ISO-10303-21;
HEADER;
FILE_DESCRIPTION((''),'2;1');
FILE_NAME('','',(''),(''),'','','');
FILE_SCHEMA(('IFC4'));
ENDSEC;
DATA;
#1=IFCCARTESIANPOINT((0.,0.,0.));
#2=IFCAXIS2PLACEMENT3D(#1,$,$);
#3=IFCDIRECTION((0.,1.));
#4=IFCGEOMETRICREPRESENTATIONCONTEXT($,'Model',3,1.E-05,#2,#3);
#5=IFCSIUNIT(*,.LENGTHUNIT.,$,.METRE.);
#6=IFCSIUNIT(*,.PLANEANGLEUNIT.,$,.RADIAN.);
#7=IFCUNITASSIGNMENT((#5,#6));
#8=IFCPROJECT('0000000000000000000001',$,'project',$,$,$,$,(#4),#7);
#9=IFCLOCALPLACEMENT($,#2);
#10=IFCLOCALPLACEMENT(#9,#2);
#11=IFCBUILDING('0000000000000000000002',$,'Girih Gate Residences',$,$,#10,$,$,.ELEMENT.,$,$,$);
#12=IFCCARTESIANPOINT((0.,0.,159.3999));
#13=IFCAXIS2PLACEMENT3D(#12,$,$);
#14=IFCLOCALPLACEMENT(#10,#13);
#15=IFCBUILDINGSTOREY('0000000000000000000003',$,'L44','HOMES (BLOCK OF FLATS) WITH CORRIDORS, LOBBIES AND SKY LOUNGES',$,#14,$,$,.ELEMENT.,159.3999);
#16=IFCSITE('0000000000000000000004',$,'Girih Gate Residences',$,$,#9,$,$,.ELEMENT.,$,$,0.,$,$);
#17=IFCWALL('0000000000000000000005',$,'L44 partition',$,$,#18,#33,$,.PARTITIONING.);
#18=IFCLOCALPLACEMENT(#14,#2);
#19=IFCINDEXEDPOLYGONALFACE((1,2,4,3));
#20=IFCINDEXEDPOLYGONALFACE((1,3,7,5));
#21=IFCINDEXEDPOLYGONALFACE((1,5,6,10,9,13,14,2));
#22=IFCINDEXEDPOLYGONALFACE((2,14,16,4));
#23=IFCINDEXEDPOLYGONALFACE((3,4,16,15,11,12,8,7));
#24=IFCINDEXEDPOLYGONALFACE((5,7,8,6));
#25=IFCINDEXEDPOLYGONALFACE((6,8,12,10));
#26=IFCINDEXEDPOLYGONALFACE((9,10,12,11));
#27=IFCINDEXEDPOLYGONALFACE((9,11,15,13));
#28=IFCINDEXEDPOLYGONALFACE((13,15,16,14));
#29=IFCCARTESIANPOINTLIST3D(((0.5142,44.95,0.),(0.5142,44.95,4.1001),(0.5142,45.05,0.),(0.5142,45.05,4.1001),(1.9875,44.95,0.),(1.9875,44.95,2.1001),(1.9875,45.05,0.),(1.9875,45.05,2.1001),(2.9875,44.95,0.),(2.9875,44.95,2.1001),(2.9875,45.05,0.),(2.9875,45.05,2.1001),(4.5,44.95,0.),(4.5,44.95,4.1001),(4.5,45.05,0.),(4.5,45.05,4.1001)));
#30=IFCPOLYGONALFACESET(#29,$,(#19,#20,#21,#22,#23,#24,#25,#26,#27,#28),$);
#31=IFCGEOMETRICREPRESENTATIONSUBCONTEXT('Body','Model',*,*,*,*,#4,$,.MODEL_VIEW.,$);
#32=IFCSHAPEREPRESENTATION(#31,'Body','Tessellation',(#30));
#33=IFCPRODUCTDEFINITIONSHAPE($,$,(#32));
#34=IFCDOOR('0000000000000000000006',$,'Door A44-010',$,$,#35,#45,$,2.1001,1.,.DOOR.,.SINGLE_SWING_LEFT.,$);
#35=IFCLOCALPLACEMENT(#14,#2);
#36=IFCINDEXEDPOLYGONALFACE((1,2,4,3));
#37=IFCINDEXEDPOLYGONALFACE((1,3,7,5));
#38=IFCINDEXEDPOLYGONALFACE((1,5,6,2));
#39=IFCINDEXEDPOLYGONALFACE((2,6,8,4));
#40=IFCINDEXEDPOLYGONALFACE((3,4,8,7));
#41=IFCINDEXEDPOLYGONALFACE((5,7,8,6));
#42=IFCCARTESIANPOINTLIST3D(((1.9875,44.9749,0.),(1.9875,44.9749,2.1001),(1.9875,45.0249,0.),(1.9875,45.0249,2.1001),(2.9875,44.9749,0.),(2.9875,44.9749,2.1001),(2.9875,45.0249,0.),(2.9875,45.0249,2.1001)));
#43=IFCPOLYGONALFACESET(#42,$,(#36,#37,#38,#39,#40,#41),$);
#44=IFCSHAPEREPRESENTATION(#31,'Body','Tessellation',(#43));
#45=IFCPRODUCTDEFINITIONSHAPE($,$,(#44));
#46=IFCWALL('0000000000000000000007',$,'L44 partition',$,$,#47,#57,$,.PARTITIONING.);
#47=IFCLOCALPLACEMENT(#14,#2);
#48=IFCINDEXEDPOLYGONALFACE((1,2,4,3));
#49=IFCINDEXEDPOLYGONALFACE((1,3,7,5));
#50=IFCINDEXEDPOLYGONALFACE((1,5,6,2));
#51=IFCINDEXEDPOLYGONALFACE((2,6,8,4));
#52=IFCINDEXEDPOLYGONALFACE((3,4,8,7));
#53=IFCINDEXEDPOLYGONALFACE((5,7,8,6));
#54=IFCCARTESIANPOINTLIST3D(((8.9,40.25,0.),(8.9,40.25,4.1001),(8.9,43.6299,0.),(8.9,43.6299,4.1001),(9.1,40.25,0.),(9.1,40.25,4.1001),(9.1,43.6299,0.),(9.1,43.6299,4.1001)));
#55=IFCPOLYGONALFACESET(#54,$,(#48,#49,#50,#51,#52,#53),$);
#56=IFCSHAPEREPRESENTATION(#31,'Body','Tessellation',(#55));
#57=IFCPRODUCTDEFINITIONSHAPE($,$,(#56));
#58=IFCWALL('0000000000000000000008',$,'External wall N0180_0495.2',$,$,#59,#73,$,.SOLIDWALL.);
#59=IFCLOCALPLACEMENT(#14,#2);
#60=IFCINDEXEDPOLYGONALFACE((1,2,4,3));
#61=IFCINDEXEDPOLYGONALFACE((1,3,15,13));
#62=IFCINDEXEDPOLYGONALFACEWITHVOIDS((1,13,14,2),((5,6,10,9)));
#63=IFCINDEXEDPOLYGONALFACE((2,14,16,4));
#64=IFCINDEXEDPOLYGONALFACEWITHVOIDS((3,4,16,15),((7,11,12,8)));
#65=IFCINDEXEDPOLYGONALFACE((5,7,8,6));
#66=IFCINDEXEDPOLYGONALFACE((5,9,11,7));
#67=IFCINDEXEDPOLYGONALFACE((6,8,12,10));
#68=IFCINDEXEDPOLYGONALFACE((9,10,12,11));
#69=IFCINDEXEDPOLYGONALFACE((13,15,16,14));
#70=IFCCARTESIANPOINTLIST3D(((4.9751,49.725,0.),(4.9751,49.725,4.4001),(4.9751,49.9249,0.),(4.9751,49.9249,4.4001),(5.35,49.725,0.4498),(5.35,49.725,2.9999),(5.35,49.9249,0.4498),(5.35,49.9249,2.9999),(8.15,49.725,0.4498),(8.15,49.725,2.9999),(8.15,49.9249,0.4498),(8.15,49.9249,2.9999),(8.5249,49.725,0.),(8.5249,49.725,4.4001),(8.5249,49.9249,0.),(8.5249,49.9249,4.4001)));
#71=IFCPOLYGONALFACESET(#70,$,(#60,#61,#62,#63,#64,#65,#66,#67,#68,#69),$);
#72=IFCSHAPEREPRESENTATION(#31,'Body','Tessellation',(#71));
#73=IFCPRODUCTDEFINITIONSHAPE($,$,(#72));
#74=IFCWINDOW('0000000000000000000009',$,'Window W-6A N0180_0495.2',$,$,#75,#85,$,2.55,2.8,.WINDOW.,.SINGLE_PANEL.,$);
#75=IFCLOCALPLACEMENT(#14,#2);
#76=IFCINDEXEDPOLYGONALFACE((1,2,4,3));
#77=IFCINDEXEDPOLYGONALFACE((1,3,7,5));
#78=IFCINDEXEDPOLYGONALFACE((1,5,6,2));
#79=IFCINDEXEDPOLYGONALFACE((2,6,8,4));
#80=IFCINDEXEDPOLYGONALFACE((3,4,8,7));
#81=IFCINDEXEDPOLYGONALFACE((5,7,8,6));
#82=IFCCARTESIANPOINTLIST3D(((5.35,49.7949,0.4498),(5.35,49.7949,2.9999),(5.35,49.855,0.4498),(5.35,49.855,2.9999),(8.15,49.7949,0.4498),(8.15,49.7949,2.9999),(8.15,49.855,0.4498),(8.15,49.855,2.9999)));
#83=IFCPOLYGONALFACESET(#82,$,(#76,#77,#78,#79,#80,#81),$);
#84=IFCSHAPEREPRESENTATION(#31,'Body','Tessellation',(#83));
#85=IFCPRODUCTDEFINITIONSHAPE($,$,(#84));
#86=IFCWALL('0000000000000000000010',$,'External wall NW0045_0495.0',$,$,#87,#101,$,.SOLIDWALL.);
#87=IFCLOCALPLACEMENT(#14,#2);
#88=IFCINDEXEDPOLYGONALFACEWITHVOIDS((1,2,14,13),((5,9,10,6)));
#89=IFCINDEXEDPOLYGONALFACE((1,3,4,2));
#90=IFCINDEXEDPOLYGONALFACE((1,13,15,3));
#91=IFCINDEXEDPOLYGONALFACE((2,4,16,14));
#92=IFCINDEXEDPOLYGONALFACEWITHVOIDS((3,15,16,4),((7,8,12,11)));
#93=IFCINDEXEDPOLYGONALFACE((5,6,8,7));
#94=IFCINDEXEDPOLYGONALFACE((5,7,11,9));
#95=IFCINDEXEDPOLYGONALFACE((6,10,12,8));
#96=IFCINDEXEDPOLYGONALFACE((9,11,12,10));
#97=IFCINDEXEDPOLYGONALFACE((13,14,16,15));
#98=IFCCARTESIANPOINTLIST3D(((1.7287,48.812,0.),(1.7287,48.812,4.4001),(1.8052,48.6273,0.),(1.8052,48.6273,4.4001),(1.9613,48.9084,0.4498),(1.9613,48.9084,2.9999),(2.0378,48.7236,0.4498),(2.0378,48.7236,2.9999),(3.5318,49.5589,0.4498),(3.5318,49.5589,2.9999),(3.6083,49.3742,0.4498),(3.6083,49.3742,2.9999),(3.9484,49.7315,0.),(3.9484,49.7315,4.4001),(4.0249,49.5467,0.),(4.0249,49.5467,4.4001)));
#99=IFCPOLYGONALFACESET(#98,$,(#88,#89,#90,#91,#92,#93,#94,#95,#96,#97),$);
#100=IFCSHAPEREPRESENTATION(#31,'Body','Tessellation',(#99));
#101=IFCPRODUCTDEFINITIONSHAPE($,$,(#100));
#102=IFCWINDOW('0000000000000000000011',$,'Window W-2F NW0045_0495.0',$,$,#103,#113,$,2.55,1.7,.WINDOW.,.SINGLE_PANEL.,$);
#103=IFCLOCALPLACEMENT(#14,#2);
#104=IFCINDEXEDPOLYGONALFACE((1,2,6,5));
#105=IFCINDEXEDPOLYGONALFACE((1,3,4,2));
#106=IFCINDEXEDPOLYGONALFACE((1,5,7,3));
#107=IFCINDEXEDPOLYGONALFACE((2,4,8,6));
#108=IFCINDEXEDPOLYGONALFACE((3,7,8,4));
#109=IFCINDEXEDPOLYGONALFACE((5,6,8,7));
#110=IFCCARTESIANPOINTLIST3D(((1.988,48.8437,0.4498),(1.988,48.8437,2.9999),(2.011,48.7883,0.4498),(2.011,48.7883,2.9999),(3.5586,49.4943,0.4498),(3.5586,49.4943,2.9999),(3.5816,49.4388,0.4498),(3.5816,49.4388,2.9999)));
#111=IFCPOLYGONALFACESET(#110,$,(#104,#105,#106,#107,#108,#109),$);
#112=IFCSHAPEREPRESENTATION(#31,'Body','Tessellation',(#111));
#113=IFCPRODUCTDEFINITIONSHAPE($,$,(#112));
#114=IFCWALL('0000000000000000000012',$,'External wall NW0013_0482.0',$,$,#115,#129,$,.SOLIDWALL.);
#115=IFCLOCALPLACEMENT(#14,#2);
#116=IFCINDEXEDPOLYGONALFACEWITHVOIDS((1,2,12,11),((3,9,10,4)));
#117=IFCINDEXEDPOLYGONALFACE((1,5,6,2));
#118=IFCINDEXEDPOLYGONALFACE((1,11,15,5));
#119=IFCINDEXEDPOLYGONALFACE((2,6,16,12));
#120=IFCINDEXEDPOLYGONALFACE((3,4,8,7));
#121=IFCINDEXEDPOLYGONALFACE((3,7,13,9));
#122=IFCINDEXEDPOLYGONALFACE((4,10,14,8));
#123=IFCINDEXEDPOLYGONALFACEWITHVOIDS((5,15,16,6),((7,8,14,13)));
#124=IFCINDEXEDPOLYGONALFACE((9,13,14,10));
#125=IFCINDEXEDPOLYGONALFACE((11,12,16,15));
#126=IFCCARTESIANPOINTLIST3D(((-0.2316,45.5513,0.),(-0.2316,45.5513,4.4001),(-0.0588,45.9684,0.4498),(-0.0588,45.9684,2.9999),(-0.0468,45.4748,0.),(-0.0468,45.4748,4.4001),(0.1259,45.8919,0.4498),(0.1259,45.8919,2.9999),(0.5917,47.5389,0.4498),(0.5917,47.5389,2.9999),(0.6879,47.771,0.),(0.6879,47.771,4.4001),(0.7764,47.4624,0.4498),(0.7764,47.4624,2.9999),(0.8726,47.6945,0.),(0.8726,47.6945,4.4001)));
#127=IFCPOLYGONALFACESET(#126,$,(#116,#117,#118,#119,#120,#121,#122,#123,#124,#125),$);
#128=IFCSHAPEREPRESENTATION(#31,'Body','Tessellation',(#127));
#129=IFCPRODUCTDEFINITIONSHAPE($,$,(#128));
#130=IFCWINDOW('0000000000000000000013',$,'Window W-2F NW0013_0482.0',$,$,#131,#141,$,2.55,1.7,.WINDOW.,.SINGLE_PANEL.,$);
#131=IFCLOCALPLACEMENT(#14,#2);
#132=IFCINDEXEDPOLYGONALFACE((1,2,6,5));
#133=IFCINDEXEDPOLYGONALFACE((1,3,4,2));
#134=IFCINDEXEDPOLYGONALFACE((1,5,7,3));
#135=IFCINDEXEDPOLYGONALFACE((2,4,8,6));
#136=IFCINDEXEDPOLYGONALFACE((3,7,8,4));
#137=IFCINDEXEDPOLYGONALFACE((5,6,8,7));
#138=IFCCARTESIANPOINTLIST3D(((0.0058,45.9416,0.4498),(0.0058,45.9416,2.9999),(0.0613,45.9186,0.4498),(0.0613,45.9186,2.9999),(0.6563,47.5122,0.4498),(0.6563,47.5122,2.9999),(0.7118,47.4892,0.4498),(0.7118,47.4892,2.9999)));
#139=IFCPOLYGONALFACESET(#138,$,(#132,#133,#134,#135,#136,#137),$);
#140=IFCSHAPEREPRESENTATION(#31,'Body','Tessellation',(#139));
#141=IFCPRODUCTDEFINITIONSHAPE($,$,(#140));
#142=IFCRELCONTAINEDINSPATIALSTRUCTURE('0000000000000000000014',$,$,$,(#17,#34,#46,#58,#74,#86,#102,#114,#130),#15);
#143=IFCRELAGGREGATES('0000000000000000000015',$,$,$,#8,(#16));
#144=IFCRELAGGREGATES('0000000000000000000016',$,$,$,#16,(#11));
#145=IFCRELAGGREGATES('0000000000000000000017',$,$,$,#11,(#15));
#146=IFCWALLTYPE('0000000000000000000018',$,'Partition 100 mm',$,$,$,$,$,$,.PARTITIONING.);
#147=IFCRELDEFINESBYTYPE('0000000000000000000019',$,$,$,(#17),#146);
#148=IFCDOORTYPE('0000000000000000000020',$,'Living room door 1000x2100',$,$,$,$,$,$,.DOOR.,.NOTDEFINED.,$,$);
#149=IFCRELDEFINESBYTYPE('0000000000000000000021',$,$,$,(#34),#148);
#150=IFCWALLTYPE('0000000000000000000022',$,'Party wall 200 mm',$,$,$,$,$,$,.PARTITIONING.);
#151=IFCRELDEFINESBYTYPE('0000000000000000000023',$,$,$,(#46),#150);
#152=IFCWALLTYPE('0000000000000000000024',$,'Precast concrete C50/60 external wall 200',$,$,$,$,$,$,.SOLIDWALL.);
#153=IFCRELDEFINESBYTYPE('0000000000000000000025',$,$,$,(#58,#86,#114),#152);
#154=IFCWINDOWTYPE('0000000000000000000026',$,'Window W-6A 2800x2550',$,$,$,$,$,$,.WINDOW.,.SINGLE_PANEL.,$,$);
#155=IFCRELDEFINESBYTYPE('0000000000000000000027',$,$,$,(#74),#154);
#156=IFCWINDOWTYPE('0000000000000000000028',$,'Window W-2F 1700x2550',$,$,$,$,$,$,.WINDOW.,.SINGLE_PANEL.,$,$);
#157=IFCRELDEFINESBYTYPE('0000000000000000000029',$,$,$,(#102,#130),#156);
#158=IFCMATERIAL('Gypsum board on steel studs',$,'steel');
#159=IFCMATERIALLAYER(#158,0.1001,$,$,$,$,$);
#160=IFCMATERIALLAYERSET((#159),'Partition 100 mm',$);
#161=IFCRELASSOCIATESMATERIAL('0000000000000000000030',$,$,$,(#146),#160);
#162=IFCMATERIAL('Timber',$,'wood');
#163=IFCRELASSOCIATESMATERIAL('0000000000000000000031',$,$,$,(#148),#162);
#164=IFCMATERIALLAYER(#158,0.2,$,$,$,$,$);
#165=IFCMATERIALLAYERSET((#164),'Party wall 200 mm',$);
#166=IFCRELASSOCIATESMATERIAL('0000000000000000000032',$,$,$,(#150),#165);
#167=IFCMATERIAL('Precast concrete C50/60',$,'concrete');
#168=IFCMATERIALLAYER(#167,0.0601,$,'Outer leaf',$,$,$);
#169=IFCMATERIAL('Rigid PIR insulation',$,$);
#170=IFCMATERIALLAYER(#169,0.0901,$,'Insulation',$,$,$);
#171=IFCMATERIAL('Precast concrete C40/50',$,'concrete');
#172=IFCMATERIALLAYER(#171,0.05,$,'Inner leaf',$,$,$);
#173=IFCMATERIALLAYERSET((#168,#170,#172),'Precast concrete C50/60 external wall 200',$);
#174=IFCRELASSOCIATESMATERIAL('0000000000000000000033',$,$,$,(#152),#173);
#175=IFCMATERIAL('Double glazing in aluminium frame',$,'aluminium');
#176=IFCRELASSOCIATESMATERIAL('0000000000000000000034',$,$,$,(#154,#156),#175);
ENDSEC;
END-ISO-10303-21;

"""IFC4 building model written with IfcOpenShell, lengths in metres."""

from ifc_helpers import new_model, si_unit, direction, frame, frame_2d, origin, place, context, subcontext, project, spatial, rectangle, extrude, material, layer, layer_set, type_object, element, fill, save


model = new_model("IFC4")

# Units and contexts
model_context = context("Model", 3, precision=1e-05, world=origin(), true_north=direction((0.0, 1.0)))
body_context = subcontext(model_context, "Body", "Model", "MODEL_VIEW")
ifc_project = project(units=[si_unit("LENGTHUNIT", "METRE"), si_unit("PLANEANGLEUNIT", "RADIAN")], contexts=[model_context])

# Site, building, storey
site_placement = place(None, origin())
site = spatial("IfcSite", under=ifc_project, at=site_placement, Name="Girih Gate Residences", CompositionType="ELEMENT", RefElevation=0.0)
building_placement = place(site_placement, origin())
building = spatial("IfcBuilding", under=site, at=building_placement, Name="Girih Gate Residences", CompositionType="ELEMENT")
storey_placement = place(building_placement, frame((0.0, 0.0, 159.3999)))
storey = spatial("IfcBuildingStorey", under=building, at=storey_placement, Name="L44", Description="HOMES (BLOCK OF FLATS) WITH CORRIDORS, LOBBIES AND SKY LOUNGES", CompositionType="ELEMENT", Elevation=159.3999)

# Shared definitions
ifc_material_1 = material(Name="Gypsum board on steel studs", Category="steel")
ifc_layer_1 = layer(ifc_material_1, 0.1001)
ifc_layer_set_1 = layer_set([ifc_layer_1], Name="Partition 100 mm")
wall_type_1 = type_object("IfcWallType", Name="Partition 100 mm", PredefinedType="PARTITIONING", material=ifc_layer_set_1)
ifc_material_2 = material(Name="Timber", Category="wood")

# Wall, opening, door
wall_1_placement = place(storey_placement, frame((0.5142, 45.0, 0.0), z_axis=(0.0, 0.0, 1.0), x_axis=(1.0, 0.0, 0.0)))
wall_1 = element("IfcWall", 1, at=wall_1_placement, inside=storey, type_object=wall_type_1, Name="L44 partition", PredefinedType="PARTITIONING", context=body_context, shape_type="SweptSolid", body=[
    extrude(rectangle(XDim=3.9858, YDim=0.1001, at=frame_2d((1.9929, 0.0))), origin(), (0.0, 0.0, 1.0), 4.1001),
])
opening_1_placement = place(wall_1_placement, frame((1.4734, 0.0, 0.0)))
opening_1 = element("IfcOpeningElement", 2, at=opening_1_placement, cuts=wall_1, PredefinedType="OPENING", context=body_context, shape_type="SweptSolid", body=[
    extrude(rectangle(XDim=1.0, YDim=2.1001, at=frame_2d((0.5, 1.05))), frame((0.0, 0.0601, 0.0), z_axis=(0.0, -1.0, 0.0), x_axis=(1.0, 0.0, 0.0)), (0.0, 0.0, 1.0), 0.1201),
])
door_type_1 = type_object("IfcDoorType", Name="Living room door 1000x2100", OperationType="NOTDEFINED", PredefinedType="DOOR", material=ifc_material_2)
door_1_placement = place(opening_1_placement, origin())
door_1 = element("IfcDoor", 3, at=door_1_placement, inside=storey, type_object=door_type_1, Name="Door A44-010", OperationType="SINGLE_SWING_LEFT", OverallHeight=2.1001, OverallWidth=1.0, PredefinedType="DOOR", context=body_context, shape_type="SweptSolid", body=[
    extrude(rectangle(XDim=1.0, YDim=2.1001, at=frame_2d((0.5, 1.05))), frame((0.0, 0.0249, 0.0), z_axis=(0.0, -1.0, 0.0), x_axis=(1.0, 0.0, 0.0)), (0.0, 0.0, 1.0), 0.05),
])
fill(opening_1, door_1)

# Wall
ifc_layer_2 = layer(ifc_material_1, 0.2)
ifc_layer_set_2 = layer_set([ifc_layer_2], Name="Party wall 200 mm")
wall_type_2 = type_object("IfcWallType", Name="Party wall 200 mm", PredefinedType="PARTITIONING", material=ifc_layer_set_2)
wall_2_placement = place(storey_placement, frame((9.0, 40.25, 0.0), z_axis=(0.0, 0.0, 1.0), x_axis=(0.0, 1.0, 0.0)))
element("IfcWall", 4, at=wall_2_placement, inside=storey, type_object=wall_type_2, Name="L44 partition", PredefinedType="PARTITIONING", context=body_context, shape_type="SweptSolid", body=[
    extrude(rectangle(XDim=3.3799, YDim=0.2, at=frame_2d((1.6899, 0.0))), origin(), (0.0, 0.0, 1.0), 4.1001),
])

# Walls, openings, windows
ifc_material_3 = material(Name="Precast concrete C50/60", Category="concrete")
ifc_layer_3 = layer(ifc_material_3, 0.0601, Name="Outer leaf")
ifc_material_4 = material(Name="Rigid PIR insulation")
ifc_layer_4 = layer(ifc_material_4, 0.0901, Name="Insulation")
ifc_material_5 = material(Name="Precast concrete C40/50", Category="concrete")
ifc_layer_5 = layer(ifc_material_5, 0.05, Name="Inner leaf")
ifc_layer_set_3 = layer_set([ifc_layer_3, ifc_layer_4, ifc_layer_5], Name="Precast concrete C50/60 external wall 200")
wall_type_3 = type_object("IfcWallType", Name="Precast concrete C50/60 external wall 200", PredefinedType="SOLIDWALL", material=ifc_layer_set_3)
wall_3_placement = place(storey_placement, frame((4.9751, 49.825, 0.0), z_axis=(0.0, 0.0, 1.0), x_axis=(1.0, 0.0, 0.0)))
wall_3 = element("IfcWall", 5, at=wall_3_placement, inside=storey, type_object=wall_type_3, Name="External wall N0180_0495.2", PredefinedType="SOLIDWALL", context=body_context, shape_type="SweptSolid", body=[
    extrude(rectangle(XDim=3.5498, YDim=0.2, at=frame_2d((1.7749, 0.0))), origin(), (0.0, 0.0, 1.0), 4.4001),
])
opening_2_placement = place(wall_3_placement, frame((0.375, 0.0, 0.45)))
opening_2 = element("IfcOpeningElement", 6, at=opening_2_placement, cuts=wall_3, PredefinedType="OPENING", context=body_context, shape_type="SweptSolid", body=[
    extrude(rectangle(XDim=2.8, YDim=2.55, at=frame_2d((1.3999, 1.2749))), frame((0.0, 0.1099, 0.0), z_axis=(0.0, -1.0, 0.0), x_axis=(1.0, 0.0, 0.0)), (0.0, 0.0, 1.0), 0.22),
])
ifc_material_6 = material(Name="Double glazing in aluminium frame", Category="aluminium")
window_type_1 = type_object("IfcWindowType", Name="Window W-6A 2800x2550", PartitioningType="SINGLE_PANEL", PredefinedType="WINDOW", material=ifc_material_6)
window_1_placement = place(opening_2_placement, origin())
window_1 = element("IfcWindow", 7, at=window_1_placement, inside=storey, type_object=window_type_1, Name="Window W-6A N0180_0495.2", OverallHeight=2.55, OverallWidth=2.8, PartitioningType="SINGLE_PANEL", PredefinedType="WINDOW", context=body_context, shape_type="SweptSolid", body=[
    extrude(rectangle(XDim=2.8, YDim=2.55, at=frame_2d((1.3999, 1.2749))), frame((0.0, 0.03, 0.0), z_axis=(0.0, -1.0, 0.0), x_axis=(1.0, 0.0, 0.0)), (0.0, 0.0, 1.0), 0.0601),
])
fill(opening_2, window_1)
wall_4_placement = place(storey_placement, frame((1.7671, 48.7197, 0.0), z_axis=(0.0, 0.0, 1.0), x_axis=(0.923881, 0.382681, 0.0)))
wall_4 = element("IfcWall", 8, at=wall_4_placement, inside=storey, type_object=wall_type_3, Name="External wall NW0045_0495.0", PredefinedType="SOLIDWALL", context=body_context, shape_type="SweptSolid", body=[
    extrude(rectangle(XDim=2.4026, YDim=0.2, at=frame_2d((1.2012, 0.0))), origin(), (0.0, 0.0, 1.0), 4.4001),
])
opening_3_placement = place(wall_4_placement, frame((0.2515, 0.0, 0.45)))
opening_3 = element("IfcOpeningElement", 9, at=opening_3_placement, cuts=wall_4, PredefinedType="OPENING", context=body_context, shape_type="SweptSolid", body=[
    extrude(rectangle(XDim=1.7, YDim=2.55, at=frame_2d((0.8501, 1.2749))), frame((0.0, 0.1099, 0.0), z_axis=(0.0, -1.0, 0.0), x_axis=(1.0, 0.0, 0.0)), (0.0, 0.0, 1.0), 0.22),
])
window_type_2 = type_object("IfcWindowType", Name="Window W-2F 1700x2550", PartitioningType="SINGLE_PANEL", PredefinedType="WINDOW", material=ifc_material_6)
window_2_placement = place(opening_3_placement, origin())
window_2 = element("IfcWindow", 10, at=window_2_placement, inside=storey, type_object=window_type_2, Name="Window W-2F NW0045_0495.0", OverallHeight=2.55, OverallWidth=1.7, PartitioningType="SINGLE_PANEL", PredefinedType="WINDOW", context=body_context, shape_type="SweptSolid", body=[
    extrude(rectangle(XDim=1.7, YDim=2.55, at=frame_2d((0.8501, 1.2749))), frame((0.0, 0.03, 0.0), z_axis=(0.0, -1.0, 0.0), x_axis=(1.0, 0.0, 0.0)), (0.0, 0.0, 1.0), 0.0601),
])
fill(opening_3, window_2)
wall_5_placement = place(storey_placement, frame((-0.1392, 45.5132, 0.0), z_axis=(0.0, 0.0, 1.0), x_axis=(0.382681, 0.923881, 0.0)))
wall_5 = element("IfcWall", 11, at=wall_5_placement, inside=storey, type_object=wall_type_3, Name="External wall NW0013_0482.0", PredefinedType="SOLIDWALL", context=body_context, shape_type="SweptSolid", body=[
    extrude(rectangle(XDim=2.4026, YDim=0.2, at=frame_2d((1.2012, 0.0))), origin(), (0.0, 0.0, 1.0), 4.4001),
])
opening_4_placement = place(wall_5_placement, frame((0.4512, 0.0, 0.45)))
opening_4 = element("IfcOpeningElement", 12, at=opening_4_placement, cuts=wall_5, PredefinedType="OPENING", context=body_context, shape_type="SweptSolid", body=[
    extrude(rectangle(XDim=1.7, YDim=2.55, at=frame_2d((0.8501, 1.2749))), frame((0.0, 0.1099, 0.0), z_axis=(0.0, -1.0, 0.0), x_axis=(1.0, 0.0, 0.0)), (0.0, 0.0, 1.0), 0.22),
])
window_3_placement = place(opening_4_placement, origin())
window_3 = element("IfcWindow", 13, at=window_3_placement, inside=storey, type_object=window_type_2, Name="Window W-2F NW0013_0482.0", OverallHeight=2.55, OverallWidth=1.7, PartitioningType="SINGLE_PANEL", PredefinedType="WINDOW", context=body_context, shape_type="SweptSolid", body=[
    extrude(rectangle(XDim=1.7, YDim=2.55, at=frame_2d((0.8501, 1.2749))), frame((0.0, 0.03, 0.0), z_axis=(0.0, -1.0, 0.0), x_axis=(1.0, 0.0, 0.0)), (0.0, 0.0, 1.0), 0.0601),
])
fill(opening_4, window_3)

save(model, "model.ifc")
